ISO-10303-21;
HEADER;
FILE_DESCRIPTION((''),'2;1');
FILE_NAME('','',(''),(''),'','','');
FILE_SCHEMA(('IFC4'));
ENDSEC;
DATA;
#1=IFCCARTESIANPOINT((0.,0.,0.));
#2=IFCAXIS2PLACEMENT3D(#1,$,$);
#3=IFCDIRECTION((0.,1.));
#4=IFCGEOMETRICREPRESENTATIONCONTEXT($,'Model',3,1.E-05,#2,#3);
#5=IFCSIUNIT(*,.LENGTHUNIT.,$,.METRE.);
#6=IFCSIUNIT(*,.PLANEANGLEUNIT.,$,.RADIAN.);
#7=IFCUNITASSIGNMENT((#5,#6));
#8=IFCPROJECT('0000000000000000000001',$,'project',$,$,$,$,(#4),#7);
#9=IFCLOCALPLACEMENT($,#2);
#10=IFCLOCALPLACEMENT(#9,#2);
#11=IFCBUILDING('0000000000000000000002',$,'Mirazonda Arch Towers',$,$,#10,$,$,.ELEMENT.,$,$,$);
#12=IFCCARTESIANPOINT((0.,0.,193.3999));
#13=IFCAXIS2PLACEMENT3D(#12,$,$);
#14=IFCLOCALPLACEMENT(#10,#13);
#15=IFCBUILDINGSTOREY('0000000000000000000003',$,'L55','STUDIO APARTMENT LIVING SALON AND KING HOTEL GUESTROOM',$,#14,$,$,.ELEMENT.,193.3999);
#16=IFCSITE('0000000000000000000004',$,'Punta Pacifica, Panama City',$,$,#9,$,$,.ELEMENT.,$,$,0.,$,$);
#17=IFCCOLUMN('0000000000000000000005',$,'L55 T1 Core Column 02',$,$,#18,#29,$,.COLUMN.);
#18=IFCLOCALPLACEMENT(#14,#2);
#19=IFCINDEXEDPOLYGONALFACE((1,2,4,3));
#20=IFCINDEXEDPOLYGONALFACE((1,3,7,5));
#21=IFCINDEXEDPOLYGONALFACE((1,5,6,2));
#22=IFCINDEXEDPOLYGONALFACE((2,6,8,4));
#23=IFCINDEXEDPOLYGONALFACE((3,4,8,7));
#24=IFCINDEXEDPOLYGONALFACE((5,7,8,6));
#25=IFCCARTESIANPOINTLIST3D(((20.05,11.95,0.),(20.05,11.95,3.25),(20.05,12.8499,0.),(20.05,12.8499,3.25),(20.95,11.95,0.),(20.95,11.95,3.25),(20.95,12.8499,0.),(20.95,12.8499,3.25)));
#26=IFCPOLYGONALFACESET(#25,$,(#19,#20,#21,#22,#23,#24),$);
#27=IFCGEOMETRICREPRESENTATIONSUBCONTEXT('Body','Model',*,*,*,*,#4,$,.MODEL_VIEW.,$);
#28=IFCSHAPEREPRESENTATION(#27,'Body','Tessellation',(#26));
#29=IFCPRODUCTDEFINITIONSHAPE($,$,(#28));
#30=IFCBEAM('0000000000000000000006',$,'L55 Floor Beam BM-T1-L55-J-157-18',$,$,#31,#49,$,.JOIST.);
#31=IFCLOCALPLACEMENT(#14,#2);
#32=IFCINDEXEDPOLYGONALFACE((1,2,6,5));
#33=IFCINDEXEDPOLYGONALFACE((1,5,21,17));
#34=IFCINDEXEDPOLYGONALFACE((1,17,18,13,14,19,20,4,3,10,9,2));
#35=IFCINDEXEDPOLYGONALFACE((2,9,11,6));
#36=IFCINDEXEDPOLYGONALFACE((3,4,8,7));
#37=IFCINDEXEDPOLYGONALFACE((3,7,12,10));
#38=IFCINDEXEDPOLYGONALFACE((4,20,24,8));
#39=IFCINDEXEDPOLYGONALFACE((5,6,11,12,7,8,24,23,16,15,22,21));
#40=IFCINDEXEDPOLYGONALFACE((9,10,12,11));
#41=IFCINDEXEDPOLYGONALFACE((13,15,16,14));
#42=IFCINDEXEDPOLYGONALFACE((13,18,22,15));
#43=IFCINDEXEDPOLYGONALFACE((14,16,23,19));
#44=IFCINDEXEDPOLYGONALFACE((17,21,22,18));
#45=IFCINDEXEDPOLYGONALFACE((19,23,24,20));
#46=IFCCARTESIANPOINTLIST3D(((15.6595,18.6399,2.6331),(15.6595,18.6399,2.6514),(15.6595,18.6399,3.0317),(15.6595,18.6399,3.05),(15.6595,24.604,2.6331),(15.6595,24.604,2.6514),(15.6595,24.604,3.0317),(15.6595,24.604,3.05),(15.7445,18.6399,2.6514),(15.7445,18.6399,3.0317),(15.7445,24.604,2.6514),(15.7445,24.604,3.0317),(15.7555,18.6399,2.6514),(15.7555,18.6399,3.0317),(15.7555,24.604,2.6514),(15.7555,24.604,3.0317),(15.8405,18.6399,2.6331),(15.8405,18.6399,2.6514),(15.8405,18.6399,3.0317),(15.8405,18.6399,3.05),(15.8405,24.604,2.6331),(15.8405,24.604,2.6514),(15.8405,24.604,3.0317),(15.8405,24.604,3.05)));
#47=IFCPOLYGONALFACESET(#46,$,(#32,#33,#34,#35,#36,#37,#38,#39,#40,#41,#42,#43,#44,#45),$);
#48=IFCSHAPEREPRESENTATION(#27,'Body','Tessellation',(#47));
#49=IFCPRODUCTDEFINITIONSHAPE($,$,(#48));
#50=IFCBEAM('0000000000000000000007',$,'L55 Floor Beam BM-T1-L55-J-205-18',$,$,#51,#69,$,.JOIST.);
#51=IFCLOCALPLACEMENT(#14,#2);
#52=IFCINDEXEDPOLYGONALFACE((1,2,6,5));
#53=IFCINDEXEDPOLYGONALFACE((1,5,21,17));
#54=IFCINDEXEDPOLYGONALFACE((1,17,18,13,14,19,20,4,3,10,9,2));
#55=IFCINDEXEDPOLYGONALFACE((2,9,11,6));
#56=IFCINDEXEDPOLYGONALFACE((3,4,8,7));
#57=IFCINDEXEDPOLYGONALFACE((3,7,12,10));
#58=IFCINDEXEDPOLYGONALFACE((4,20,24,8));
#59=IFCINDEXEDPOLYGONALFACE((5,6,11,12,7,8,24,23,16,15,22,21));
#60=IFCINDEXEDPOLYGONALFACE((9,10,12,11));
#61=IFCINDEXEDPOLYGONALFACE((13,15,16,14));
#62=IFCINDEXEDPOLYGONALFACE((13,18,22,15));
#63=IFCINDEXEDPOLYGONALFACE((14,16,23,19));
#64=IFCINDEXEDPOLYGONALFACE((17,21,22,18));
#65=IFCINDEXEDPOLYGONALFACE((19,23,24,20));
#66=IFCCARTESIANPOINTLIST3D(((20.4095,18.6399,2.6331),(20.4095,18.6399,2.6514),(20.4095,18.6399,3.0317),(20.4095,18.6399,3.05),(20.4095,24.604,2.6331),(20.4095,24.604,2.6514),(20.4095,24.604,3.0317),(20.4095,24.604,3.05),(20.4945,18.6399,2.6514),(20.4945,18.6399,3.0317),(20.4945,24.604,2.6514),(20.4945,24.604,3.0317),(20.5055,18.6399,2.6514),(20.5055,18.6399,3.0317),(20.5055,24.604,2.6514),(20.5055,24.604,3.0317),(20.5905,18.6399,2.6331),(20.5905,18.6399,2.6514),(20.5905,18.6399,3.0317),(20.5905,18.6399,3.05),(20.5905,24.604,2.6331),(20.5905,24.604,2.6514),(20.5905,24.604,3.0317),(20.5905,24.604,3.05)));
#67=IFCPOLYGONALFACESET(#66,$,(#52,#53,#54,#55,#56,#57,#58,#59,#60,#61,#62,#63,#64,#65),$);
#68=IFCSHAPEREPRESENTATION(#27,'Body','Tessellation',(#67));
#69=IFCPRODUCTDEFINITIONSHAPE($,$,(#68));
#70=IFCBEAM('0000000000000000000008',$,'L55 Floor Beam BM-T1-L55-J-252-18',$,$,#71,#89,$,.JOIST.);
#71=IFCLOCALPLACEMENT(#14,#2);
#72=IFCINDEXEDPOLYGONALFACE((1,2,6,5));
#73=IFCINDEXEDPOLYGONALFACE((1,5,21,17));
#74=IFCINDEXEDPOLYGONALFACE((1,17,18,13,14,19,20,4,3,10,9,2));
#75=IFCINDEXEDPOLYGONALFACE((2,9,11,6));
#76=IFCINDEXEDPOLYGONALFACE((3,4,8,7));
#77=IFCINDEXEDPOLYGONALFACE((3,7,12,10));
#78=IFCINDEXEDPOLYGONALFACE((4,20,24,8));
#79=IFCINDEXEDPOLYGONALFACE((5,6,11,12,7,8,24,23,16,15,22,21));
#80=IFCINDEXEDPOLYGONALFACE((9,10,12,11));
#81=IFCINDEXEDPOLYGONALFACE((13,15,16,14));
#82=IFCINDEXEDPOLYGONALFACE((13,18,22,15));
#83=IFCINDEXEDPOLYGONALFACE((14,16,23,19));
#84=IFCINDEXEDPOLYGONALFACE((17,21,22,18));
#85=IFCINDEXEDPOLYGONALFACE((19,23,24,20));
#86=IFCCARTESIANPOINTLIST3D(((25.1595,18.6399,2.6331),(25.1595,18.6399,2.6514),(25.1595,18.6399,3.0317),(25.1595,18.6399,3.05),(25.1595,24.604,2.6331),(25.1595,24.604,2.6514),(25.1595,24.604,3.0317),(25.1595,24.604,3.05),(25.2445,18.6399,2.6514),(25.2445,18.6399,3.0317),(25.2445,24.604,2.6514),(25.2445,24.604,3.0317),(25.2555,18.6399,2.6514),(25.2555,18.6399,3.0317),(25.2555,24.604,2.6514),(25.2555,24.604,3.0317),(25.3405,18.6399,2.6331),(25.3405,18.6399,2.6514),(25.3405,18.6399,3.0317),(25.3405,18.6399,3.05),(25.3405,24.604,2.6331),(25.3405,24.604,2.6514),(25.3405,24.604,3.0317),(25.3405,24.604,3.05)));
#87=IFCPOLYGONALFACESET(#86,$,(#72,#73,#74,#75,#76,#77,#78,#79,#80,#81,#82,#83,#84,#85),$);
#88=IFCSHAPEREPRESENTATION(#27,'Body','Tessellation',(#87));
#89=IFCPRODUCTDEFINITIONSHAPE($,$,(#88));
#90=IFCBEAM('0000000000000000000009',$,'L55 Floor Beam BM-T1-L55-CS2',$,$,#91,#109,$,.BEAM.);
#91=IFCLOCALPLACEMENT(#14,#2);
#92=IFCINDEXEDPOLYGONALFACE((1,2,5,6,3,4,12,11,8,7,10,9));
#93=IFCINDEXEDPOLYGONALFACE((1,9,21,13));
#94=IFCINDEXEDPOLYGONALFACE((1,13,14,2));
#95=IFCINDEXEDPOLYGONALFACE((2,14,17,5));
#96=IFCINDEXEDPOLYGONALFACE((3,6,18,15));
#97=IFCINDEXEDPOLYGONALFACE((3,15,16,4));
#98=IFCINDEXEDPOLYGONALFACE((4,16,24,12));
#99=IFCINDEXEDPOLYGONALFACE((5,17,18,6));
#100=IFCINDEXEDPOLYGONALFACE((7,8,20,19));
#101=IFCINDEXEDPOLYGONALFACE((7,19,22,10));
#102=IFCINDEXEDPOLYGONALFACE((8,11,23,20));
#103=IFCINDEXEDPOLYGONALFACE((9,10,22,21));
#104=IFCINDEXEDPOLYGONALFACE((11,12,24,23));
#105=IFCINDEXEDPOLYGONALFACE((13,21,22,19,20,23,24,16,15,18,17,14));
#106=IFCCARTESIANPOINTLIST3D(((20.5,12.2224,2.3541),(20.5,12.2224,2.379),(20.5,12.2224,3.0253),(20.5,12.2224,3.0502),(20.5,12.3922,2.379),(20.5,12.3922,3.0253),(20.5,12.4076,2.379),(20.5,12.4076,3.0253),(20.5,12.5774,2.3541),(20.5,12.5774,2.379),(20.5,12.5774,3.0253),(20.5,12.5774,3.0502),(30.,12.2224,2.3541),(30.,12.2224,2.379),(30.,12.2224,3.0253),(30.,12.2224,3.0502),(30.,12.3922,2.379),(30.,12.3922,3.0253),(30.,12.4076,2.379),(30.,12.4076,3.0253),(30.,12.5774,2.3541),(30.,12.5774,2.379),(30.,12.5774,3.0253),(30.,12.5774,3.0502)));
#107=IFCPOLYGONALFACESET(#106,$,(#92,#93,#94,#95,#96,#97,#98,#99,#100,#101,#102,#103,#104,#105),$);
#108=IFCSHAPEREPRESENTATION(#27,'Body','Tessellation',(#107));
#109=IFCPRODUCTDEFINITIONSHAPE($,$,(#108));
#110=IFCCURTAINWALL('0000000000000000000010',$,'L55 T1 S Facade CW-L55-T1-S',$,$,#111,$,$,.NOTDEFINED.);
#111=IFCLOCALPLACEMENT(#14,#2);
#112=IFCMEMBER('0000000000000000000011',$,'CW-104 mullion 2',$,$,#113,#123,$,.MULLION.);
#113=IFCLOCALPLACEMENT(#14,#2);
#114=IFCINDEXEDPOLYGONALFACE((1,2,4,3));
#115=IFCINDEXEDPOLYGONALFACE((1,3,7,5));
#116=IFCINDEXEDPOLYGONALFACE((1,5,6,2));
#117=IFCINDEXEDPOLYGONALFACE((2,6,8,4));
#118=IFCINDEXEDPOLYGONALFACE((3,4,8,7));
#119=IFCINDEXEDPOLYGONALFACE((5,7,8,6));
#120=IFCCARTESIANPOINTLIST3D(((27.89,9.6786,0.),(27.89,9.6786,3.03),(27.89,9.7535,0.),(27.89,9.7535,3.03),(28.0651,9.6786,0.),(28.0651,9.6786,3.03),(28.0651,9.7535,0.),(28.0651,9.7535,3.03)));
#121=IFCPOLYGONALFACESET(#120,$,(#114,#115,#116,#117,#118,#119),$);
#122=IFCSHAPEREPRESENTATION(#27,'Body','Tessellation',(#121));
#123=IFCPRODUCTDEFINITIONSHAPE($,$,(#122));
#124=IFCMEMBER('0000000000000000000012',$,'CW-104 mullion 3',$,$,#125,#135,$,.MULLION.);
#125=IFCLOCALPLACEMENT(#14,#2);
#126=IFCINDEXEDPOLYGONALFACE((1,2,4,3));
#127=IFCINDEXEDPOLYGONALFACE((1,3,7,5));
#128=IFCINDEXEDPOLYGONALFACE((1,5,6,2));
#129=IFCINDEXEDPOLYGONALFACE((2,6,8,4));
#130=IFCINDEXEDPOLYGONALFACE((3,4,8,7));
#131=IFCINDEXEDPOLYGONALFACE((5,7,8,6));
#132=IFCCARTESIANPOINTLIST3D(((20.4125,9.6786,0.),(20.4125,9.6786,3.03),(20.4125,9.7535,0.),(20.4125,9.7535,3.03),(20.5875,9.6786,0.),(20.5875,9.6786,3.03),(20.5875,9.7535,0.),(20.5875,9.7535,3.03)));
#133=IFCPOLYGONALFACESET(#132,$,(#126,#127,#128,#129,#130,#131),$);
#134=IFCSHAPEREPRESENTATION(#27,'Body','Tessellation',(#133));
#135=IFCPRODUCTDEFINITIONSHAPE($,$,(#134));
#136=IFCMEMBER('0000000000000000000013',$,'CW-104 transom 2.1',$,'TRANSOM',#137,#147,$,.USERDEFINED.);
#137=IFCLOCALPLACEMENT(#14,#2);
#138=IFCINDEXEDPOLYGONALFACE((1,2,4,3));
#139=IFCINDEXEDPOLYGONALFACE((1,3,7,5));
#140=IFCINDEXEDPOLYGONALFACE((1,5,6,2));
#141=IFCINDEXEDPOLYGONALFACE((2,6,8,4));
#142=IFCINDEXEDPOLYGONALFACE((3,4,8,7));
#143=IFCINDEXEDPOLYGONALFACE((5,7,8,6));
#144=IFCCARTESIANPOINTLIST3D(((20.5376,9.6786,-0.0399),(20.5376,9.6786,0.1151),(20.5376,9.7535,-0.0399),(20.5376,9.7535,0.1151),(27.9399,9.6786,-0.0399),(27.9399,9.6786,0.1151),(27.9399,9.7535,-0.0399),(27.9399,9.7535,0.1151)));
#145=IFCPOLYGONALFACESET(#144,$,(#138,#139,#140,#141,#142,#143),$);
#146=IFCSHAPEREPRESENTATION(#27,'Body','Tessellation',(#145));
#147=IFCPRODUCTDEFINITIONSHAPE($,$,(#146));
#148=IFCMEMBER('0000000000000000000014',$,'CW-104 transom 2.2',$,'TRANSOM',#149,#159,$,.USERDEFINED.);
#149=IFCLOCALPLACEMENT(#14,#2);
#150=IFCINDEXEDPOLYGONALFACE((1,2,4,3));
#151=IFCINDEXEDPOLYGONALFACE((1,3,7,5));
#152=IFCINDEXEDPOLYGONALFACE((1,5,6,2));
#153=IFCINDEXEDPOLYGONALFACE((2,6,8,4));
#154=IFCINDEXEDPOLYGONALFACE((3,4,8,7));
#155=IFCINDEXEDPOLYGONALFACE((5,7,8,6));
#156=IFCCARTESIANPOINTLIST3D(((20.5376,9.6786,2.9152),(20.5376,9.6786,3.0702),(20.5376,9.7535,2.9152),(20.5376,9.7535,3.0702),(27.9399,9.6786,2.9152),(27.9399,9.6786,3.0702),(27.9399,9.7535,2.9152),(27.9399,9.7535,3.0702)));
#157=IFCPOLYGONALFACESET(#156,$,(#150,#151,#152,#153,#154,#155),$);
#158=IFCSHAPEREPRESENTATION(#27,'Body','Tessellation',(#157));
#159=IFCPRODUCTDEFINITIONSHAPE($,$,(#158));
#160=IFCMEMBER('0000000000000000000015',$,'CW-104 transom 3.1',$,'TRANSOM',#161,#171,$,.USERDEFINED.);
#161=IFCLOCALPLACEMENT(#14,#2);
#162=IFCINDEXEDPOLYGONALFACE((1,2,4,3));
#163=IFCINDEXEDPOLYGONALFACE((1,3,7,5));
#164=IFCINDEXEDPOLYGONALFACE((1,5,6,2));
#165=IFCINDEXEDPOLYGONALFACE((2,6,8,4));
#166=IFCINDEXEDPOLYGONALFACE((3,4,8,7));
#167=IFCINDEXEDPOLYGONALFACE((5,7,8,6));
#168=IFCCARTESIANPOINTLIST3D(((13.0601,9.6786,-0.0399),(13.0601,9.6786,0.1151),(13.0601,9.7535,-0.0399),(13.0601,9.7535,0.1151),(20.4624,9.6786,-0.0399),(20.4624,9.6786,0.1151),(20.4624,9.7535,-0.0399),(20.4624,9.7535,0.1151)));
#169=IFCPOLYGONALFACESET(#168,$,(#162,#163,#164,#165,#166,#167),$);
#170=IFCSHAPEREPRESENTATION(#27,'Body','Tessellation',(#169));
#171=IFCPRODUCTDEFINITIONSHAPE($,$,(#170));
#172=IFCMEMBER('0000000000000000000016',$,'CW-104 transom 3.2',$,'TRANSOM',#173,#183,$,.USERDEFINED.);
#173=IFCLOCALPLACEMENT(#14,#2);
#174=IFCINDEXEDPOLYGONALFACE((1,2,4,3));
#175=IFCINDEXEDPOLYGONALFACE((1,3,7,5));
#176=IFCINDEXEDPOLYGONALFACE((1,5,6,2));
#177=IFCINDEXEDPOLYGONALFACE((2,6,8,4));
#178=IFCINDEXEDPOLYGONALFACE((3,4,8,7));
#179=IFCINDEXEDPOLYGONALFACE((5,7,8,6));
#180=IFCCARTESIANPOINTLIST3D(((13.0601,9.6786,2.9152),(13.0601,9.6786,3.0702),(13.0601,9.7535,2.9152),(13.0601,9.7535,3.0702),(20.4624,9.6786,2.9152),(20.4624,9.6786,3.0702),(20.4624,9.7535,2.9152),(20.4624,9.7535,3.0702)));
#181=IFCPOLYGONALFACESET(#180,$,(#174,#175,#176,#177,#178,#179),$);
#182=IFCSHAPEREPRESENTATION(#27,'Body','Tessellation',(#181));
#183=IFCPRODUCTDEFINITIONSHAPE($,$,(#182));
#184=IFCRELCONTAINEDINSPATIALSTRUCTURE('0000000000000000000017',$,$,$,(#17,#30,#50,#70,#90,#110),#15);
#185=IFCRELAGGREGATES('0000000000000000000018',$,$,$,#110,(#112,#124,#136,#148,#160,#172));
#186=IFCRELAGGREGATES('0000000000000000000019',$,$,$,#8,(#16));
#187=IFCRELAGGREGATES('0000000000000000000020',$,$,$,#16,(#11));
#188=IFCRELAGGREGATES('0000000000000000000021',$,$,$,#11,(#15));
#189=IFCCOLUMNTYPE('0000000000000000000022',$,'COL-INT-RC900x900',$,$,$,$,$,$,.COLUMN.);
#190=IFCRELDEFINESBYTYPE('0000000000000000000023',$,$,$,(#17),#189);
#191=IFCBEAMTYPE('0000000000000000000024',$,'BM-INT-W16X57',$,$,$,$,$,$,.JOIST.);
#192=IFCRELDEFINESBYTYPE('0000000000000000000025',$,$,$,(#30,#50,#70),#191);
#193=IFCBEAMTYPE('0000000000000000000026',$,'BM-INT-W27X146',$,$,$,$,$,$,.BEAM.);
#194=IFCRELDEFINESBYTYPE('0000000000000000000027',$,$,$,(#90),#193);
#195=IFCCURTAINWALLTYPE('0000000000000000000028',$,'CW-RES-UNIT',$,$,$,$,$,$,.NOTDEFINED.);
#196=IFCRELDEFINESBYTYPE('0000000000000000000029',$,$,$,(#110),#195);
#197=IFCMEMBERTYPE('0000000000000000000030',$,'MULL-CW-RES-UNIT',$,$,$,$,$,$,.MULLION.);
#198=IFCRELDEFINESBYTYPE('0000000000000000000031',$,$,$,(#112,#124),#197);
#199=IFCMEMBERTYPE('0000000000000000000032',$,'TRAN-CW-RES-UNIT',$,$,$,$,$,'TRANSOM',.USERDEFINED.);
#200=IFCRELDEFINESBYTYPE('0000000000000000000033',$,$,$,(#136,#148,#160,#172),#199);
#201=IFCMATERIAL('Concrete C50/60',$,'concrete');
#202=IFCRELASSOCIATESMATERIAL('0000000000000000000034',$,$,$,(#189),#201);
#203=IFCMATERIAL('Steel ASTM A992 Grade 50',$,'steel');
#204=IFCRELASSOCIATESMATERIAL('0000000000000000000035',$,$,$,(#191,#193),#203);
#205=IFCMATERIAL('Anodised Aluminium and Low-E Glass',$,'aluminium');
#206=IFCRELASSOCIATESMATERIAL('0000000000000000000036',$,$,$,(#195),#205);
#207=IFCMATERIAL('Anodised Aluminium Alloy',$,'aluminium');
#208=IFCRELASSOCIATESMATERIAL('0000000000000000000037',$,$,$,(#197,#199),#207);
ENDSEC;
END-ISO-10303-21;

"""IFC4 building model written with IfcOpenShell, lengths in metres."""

from ifc_helpers import new_model, si_unit, direction, frame, origin, origin_2d, place, context, subcontext, project, spatial, rectangle, i_section, extrude, material, material_profile, profile_set, type_object, element, aggregate, save


model = new_model("IFC4")

# Units and contexts
model_context = context("Model", 3, precision=1e-05, world=origin(), true_north=direction((0.0, 1.0)))
body_context = subcontext(model_context, "Body", "Model", "MODEL_VIEW")
ifc_project = project(units=[si_unit("LENGTHUNIT", "METRE"), si_unit("PLANEANGLEUNIT", "RADIAN")], contexts=[model_context])

# Site, building, storey
site_placement = place(None, origin())
site = spatial("IfcSite", under=ifc_project, at=site_placement, Name="Punta Pacifica, Panama City", CompositionType="ELEMENT", RefElevation=0.0)
building_placement = place(site_placement, origin())
building = spatial("IfcBuilding", under=site, at=building_placement, Name="Mirazonda Arch Towers", CompositionType="ELEMENT")
storey_placement = place(building_placement, frame((0.0, 0.0, 193.3999)))
storey = spatial("IfcBuildingStorey", under=building, at=storey_placement, Name="L55", Description="STUDIO APARTMENT LIVING SALON AND KING HOTEL GUESTROOM", CompositionType="ELEMENT", Elevation=193.3999)

# Column
ifc_material_1 = material(Name="Concrete C50/60", Category="concrete")
ifc_material_profile_1 = material_profile(ifc_material_1, rectangle(XDim=0.8999, YDim=0.8999, at=origin_2d()), Name="RC900x900")
ifc_profile_set_1 = profile_set([ifc_material_profile_1], Name="Concrete C50/60")
column_type = type_object("IfcColumnType", Name="COL-INT-RC900x900", PredefinedType="COLUMN", material=ifc_profile_set_1)
column_placement = place(storey_placement, frame((20.5, 12.3999, 0.0), z_axis=(0.0, 0.0, 1.0), x_axis=(1.0, 0.0, 0.0)))
element("IfcColumn", 1, at=column_placement, inside=storey, type_object=column_type, Name="L55 T1 Core Column 02", PredefinedType="COLUMN", context=body_context, shape_type="SweptSolid", body=[
    extrude(rectangle(XDim=0.8999, YDim=0.8999, at=origin_2d()), origin(), (0.0, 0.0, 1.0), 3.25),
])

# Beams
ifc_material_2 = material(Name="Steel ASTM A992 Grade 50", Category="steel")
ifc_material_profile_2 = material_profile(ifc_material_2, i_section(OverallWidth=0.1809, OverallDepth=0.417, WebThickness=0.011, FlangeThickness=0.0183, at=origin_2d()), Name="W16X57")
ifc_profile_set_2 = profile_set([ifc_material_profile_2], Name="Steel ASTM A992 Grade 50")
beam_type_1 = type_object("IfcBeamType", Name="BM-INT-W16X57", PredefinedType="JOIST", material=ifc_profile_set_2)
for number, where, z_axis, x_axis, name in (
    (2, (15.75, 18.6399, 2.8416), (0.0, 1.0, 0.0), (-1.0, 0.0, 0.0), "L55 Floor Beam BM-T1-L55-J-157-18"),
    (3, (20.5, 18.6399, 2.8416), (0.0, 1.0, 0.0), (-1.0, 0.0, 0.0), "L55 Floor Beam BM-T1-L55-J-205-18"),
    (4, (25.25, 18.6399, 2.8416), (0.0, 1.0, 0.0), (-1.0, 0.0, 0.0), "L55 Floor Beam BM-T1-L55-J-252-18"),
):
    element("IfcBeam", number, at=place(storey_placement, frame(where, z_axis=z_axis, x_axis=x_axis)), inside=storey, type_object=beam_type_1, Name=name, PredefinedType="JOIST", context=body_context, shape_type="SweptSolid", body=[
        extrude(i_section(OverallWidth=0.1809, OverallDepth=0.417, WebThickness=0.011, FlangeThickness=0.0183, at=origin_2d()), origin(), (0.0, 0.0, 1.0), 5.9641),
    ])
ifc_material_profile_3 = material_profile(ifc_material_2, i_section(OverallWidth=0.355, OverallDepth=0.696, WebThickness=0.0154, FlangeThickness=0.0249, at=origin_2d()), Name="W27X146")
ifc_profile_set_3 = profile_set([ifc_material_profile_3], Name="Steel ASTM A992 Grade 50")
beam_type_2 = type_object("IfcBeamType", Name="BM-INT-W27X146", PredefinedType="BEAM", material=ifc_profile_set_3)
beam_placement = place(storey_placement, frame((20.5, 12.3999, 2.7021), z_axis=(1.0, 0.0, 0.0), x_axis=(0.0, 1.0, 0.0)))
element("IfcBeam", 5, at=beam_placement, inside=storey, type_object=beam_type_2, Name="L55 Floor Beam BM-T1-L55-CS2", PredefinedType="BEAM", context=body_context, shape_type="SweptSolid", body=[
    extrude(i_section(OverallWidth=0.355, OverallDepth=0.696, WebThickness=0.0154, FlangeThickness=0.0249, at=origin_2d()), origin(), (0.0, 0.0, 1.0), 9.5),
])

# Curtain wall, members
ifc_material_3 = material(Name="Anodised Aluminium and Low-E Glass", Category="aluminium")
curtain_wall_type = type_object("IfcCurtainWallType", Name="CW-RES-UNIT", PredefinedType="NOTDEFINED", material=ifc_material_3)
curtain_wall_placement = place(storey_placement, origin())
curtain_wall = element("IfcCurtainWall", 6, at=curtain_wall_placement, inside=storey, type_object=curtain_wall_type, Name="L55 T1 S Facade CW-L55-T1-S", PredefinedType="NOTDEFINED")
ifc_material_4 = material(Name="Anodised Aluminium Alloy", Category="aluminium")
ifc_material_profile_4 = material_profile(ifc_material_4, rectangle(XDim=0.075, YDim=0.175, at=origin_2d()), Name="ALU-MULL-75x175")
ifc_profile_set_4 = profile_set([ifc_material_profile_4], Name="Anodised Aluminium Alloy")
member_type_1 = type_object("IfcMemberType", Name="MULL-CW-RES-UNIT", PredefinedType="MULLION", material=ifc_profile_set_4)
member_1_placement = place(storey_placement, frame((27.9775, 9.7161, 0.0), z_axis=(0.0, 0.0, 1.0), x_axis=(0.0, -1.0, 0.0)))
member_1 = element("IfcMember", 7, at=member_1_placement, type_object=member_type_1, Name="CW-104 mullion 2", PredefinedType="MULLION", context=body_context, shape_type="SweptSolid", body=[
    extrude(rectangle(XDim=0.075, YDim=0.175, at=origin_2d()), origin(), (0.0, 0.0, 1.0), 3.03),
])
member_2_placement = place(storey_placement, frame((20.5, 9.7161, 0.0), z_axis=(0.0, 0.0, 1.0), x_axis=(0.0, -1.0, 0.0)))
member_2 = element("IfcMember", 8, at=member_2_placement, type_object=member_type_1, Name="CW-104 mullion 3", PredefinedType="MULLION", context=body_context, shape_type="SweptSolid", body=[
    extrude(rectangle(XDim=0.075, YDim=0.175, at=origin_2d()), origin(), (0.0, 0.0, 1.0), 3.03),
])
ifc_material_profile_5 = material_profile(ifc_material_4, rectangle(XDim=0.075, YDim=0.155, at=origin_2d()), Name="ALU-TRAN-75x155")
ifc_profile_set_5 = profile_set([ifc_material_profile_5], Name="Anodised Aluminium Alloy")
member_type_2 = type_object("IfcMemberType", Name="TRAN-CW-RES-UNIT", ElementType="TRANSOM", PredefinedType="USERDEFINED", material=ifc_profile_set_5)
member_3_placement = place(storey_placement, frame((27.9399, 9.7161, 0.0376), z_axis=(-1.0, 0.0, 0.0), x_axis=(0.0, -1.0, 0.0)))
member_3 = element("IfcMember", 9, at=member_3_placement, type_object=member_type_2, Name="CW-104 transom 2.1", ObjectType="TRANSOM", PredefinedType="USERDEFINED", context=body_context, shape_type="SweptSolid", body=[
    extrude(rectangle(XDim=0.075, YDim=0.155, at=origin_2d()), origin(), (0.0, 0.0, 1.0), 7.4023),
])
member_4_placement = place(storey_placement, frame((27.9399, 9.7161, 2.9927), z_axis=(-1.0, 0.0, 0.0), x_axis=(0.0, -1.0, 0.0)))
member_4 = element("IfcMember", 10, at=member_4_placement, type_object=member_type_2, Name="CW-104 transom 2.2", ObjectType="TRANSOM", PredefinedType="USERDEFINED", context=body_context, shape_type="SweptSolid", body=[
    extrude(rectangle(XDim=0.075, YDim=0.155, at=origin_2d()), origin(), (0.0, 0.0, 1.0), 7.4023),
])
member_5_placement = place(storey_placement, frame((20.4624, 9.7161, 0.0376), z_axis=(-1.0, 0.0, 0.0), x_axis=(0.0, -1.0, 0.0)))
member_5 = element("IfcMember", 11, at=member_5_placement, type_object=member_type_2, Name="CW-104 transom 3.1", ObjectType="TRANSOM", PredefinedType="USERDEFINED", context=body_context, shape_type="SweptSolid", body=[
    extrude(rectangle(XDim=0.075, YDim=0.155, at=origin_2d()), origin(), (0.0, 0.0, 1.0), 7.4023),
])
member_6_placement = place(storey_placement, frame((20.4624, 9.7161, 2.9927), z_axis=(-1.0, 0.0, 0.0), x_axis=(0.0, -1.0, 0.0)))
member_6 = element("IfcMember", 12, at=member_6_placement, type_object=member_type_2, Name="CW-104 transom 3.2", ObjectType="TRANSOM", PredefinedType="USERDEFINED", context=body_context, shape_type="SweptSolid", body=[
    extrude(rectangle(XDim=0.075, YDim=0.155, at=origin_2d()), origin(), (0.0, 0.0, 1.0), 7.4023),
])
aggregate(curtain_wall, [member_1, member_2, member_3, member_4, member_5, member_6])

save(model, "model.ifc")
